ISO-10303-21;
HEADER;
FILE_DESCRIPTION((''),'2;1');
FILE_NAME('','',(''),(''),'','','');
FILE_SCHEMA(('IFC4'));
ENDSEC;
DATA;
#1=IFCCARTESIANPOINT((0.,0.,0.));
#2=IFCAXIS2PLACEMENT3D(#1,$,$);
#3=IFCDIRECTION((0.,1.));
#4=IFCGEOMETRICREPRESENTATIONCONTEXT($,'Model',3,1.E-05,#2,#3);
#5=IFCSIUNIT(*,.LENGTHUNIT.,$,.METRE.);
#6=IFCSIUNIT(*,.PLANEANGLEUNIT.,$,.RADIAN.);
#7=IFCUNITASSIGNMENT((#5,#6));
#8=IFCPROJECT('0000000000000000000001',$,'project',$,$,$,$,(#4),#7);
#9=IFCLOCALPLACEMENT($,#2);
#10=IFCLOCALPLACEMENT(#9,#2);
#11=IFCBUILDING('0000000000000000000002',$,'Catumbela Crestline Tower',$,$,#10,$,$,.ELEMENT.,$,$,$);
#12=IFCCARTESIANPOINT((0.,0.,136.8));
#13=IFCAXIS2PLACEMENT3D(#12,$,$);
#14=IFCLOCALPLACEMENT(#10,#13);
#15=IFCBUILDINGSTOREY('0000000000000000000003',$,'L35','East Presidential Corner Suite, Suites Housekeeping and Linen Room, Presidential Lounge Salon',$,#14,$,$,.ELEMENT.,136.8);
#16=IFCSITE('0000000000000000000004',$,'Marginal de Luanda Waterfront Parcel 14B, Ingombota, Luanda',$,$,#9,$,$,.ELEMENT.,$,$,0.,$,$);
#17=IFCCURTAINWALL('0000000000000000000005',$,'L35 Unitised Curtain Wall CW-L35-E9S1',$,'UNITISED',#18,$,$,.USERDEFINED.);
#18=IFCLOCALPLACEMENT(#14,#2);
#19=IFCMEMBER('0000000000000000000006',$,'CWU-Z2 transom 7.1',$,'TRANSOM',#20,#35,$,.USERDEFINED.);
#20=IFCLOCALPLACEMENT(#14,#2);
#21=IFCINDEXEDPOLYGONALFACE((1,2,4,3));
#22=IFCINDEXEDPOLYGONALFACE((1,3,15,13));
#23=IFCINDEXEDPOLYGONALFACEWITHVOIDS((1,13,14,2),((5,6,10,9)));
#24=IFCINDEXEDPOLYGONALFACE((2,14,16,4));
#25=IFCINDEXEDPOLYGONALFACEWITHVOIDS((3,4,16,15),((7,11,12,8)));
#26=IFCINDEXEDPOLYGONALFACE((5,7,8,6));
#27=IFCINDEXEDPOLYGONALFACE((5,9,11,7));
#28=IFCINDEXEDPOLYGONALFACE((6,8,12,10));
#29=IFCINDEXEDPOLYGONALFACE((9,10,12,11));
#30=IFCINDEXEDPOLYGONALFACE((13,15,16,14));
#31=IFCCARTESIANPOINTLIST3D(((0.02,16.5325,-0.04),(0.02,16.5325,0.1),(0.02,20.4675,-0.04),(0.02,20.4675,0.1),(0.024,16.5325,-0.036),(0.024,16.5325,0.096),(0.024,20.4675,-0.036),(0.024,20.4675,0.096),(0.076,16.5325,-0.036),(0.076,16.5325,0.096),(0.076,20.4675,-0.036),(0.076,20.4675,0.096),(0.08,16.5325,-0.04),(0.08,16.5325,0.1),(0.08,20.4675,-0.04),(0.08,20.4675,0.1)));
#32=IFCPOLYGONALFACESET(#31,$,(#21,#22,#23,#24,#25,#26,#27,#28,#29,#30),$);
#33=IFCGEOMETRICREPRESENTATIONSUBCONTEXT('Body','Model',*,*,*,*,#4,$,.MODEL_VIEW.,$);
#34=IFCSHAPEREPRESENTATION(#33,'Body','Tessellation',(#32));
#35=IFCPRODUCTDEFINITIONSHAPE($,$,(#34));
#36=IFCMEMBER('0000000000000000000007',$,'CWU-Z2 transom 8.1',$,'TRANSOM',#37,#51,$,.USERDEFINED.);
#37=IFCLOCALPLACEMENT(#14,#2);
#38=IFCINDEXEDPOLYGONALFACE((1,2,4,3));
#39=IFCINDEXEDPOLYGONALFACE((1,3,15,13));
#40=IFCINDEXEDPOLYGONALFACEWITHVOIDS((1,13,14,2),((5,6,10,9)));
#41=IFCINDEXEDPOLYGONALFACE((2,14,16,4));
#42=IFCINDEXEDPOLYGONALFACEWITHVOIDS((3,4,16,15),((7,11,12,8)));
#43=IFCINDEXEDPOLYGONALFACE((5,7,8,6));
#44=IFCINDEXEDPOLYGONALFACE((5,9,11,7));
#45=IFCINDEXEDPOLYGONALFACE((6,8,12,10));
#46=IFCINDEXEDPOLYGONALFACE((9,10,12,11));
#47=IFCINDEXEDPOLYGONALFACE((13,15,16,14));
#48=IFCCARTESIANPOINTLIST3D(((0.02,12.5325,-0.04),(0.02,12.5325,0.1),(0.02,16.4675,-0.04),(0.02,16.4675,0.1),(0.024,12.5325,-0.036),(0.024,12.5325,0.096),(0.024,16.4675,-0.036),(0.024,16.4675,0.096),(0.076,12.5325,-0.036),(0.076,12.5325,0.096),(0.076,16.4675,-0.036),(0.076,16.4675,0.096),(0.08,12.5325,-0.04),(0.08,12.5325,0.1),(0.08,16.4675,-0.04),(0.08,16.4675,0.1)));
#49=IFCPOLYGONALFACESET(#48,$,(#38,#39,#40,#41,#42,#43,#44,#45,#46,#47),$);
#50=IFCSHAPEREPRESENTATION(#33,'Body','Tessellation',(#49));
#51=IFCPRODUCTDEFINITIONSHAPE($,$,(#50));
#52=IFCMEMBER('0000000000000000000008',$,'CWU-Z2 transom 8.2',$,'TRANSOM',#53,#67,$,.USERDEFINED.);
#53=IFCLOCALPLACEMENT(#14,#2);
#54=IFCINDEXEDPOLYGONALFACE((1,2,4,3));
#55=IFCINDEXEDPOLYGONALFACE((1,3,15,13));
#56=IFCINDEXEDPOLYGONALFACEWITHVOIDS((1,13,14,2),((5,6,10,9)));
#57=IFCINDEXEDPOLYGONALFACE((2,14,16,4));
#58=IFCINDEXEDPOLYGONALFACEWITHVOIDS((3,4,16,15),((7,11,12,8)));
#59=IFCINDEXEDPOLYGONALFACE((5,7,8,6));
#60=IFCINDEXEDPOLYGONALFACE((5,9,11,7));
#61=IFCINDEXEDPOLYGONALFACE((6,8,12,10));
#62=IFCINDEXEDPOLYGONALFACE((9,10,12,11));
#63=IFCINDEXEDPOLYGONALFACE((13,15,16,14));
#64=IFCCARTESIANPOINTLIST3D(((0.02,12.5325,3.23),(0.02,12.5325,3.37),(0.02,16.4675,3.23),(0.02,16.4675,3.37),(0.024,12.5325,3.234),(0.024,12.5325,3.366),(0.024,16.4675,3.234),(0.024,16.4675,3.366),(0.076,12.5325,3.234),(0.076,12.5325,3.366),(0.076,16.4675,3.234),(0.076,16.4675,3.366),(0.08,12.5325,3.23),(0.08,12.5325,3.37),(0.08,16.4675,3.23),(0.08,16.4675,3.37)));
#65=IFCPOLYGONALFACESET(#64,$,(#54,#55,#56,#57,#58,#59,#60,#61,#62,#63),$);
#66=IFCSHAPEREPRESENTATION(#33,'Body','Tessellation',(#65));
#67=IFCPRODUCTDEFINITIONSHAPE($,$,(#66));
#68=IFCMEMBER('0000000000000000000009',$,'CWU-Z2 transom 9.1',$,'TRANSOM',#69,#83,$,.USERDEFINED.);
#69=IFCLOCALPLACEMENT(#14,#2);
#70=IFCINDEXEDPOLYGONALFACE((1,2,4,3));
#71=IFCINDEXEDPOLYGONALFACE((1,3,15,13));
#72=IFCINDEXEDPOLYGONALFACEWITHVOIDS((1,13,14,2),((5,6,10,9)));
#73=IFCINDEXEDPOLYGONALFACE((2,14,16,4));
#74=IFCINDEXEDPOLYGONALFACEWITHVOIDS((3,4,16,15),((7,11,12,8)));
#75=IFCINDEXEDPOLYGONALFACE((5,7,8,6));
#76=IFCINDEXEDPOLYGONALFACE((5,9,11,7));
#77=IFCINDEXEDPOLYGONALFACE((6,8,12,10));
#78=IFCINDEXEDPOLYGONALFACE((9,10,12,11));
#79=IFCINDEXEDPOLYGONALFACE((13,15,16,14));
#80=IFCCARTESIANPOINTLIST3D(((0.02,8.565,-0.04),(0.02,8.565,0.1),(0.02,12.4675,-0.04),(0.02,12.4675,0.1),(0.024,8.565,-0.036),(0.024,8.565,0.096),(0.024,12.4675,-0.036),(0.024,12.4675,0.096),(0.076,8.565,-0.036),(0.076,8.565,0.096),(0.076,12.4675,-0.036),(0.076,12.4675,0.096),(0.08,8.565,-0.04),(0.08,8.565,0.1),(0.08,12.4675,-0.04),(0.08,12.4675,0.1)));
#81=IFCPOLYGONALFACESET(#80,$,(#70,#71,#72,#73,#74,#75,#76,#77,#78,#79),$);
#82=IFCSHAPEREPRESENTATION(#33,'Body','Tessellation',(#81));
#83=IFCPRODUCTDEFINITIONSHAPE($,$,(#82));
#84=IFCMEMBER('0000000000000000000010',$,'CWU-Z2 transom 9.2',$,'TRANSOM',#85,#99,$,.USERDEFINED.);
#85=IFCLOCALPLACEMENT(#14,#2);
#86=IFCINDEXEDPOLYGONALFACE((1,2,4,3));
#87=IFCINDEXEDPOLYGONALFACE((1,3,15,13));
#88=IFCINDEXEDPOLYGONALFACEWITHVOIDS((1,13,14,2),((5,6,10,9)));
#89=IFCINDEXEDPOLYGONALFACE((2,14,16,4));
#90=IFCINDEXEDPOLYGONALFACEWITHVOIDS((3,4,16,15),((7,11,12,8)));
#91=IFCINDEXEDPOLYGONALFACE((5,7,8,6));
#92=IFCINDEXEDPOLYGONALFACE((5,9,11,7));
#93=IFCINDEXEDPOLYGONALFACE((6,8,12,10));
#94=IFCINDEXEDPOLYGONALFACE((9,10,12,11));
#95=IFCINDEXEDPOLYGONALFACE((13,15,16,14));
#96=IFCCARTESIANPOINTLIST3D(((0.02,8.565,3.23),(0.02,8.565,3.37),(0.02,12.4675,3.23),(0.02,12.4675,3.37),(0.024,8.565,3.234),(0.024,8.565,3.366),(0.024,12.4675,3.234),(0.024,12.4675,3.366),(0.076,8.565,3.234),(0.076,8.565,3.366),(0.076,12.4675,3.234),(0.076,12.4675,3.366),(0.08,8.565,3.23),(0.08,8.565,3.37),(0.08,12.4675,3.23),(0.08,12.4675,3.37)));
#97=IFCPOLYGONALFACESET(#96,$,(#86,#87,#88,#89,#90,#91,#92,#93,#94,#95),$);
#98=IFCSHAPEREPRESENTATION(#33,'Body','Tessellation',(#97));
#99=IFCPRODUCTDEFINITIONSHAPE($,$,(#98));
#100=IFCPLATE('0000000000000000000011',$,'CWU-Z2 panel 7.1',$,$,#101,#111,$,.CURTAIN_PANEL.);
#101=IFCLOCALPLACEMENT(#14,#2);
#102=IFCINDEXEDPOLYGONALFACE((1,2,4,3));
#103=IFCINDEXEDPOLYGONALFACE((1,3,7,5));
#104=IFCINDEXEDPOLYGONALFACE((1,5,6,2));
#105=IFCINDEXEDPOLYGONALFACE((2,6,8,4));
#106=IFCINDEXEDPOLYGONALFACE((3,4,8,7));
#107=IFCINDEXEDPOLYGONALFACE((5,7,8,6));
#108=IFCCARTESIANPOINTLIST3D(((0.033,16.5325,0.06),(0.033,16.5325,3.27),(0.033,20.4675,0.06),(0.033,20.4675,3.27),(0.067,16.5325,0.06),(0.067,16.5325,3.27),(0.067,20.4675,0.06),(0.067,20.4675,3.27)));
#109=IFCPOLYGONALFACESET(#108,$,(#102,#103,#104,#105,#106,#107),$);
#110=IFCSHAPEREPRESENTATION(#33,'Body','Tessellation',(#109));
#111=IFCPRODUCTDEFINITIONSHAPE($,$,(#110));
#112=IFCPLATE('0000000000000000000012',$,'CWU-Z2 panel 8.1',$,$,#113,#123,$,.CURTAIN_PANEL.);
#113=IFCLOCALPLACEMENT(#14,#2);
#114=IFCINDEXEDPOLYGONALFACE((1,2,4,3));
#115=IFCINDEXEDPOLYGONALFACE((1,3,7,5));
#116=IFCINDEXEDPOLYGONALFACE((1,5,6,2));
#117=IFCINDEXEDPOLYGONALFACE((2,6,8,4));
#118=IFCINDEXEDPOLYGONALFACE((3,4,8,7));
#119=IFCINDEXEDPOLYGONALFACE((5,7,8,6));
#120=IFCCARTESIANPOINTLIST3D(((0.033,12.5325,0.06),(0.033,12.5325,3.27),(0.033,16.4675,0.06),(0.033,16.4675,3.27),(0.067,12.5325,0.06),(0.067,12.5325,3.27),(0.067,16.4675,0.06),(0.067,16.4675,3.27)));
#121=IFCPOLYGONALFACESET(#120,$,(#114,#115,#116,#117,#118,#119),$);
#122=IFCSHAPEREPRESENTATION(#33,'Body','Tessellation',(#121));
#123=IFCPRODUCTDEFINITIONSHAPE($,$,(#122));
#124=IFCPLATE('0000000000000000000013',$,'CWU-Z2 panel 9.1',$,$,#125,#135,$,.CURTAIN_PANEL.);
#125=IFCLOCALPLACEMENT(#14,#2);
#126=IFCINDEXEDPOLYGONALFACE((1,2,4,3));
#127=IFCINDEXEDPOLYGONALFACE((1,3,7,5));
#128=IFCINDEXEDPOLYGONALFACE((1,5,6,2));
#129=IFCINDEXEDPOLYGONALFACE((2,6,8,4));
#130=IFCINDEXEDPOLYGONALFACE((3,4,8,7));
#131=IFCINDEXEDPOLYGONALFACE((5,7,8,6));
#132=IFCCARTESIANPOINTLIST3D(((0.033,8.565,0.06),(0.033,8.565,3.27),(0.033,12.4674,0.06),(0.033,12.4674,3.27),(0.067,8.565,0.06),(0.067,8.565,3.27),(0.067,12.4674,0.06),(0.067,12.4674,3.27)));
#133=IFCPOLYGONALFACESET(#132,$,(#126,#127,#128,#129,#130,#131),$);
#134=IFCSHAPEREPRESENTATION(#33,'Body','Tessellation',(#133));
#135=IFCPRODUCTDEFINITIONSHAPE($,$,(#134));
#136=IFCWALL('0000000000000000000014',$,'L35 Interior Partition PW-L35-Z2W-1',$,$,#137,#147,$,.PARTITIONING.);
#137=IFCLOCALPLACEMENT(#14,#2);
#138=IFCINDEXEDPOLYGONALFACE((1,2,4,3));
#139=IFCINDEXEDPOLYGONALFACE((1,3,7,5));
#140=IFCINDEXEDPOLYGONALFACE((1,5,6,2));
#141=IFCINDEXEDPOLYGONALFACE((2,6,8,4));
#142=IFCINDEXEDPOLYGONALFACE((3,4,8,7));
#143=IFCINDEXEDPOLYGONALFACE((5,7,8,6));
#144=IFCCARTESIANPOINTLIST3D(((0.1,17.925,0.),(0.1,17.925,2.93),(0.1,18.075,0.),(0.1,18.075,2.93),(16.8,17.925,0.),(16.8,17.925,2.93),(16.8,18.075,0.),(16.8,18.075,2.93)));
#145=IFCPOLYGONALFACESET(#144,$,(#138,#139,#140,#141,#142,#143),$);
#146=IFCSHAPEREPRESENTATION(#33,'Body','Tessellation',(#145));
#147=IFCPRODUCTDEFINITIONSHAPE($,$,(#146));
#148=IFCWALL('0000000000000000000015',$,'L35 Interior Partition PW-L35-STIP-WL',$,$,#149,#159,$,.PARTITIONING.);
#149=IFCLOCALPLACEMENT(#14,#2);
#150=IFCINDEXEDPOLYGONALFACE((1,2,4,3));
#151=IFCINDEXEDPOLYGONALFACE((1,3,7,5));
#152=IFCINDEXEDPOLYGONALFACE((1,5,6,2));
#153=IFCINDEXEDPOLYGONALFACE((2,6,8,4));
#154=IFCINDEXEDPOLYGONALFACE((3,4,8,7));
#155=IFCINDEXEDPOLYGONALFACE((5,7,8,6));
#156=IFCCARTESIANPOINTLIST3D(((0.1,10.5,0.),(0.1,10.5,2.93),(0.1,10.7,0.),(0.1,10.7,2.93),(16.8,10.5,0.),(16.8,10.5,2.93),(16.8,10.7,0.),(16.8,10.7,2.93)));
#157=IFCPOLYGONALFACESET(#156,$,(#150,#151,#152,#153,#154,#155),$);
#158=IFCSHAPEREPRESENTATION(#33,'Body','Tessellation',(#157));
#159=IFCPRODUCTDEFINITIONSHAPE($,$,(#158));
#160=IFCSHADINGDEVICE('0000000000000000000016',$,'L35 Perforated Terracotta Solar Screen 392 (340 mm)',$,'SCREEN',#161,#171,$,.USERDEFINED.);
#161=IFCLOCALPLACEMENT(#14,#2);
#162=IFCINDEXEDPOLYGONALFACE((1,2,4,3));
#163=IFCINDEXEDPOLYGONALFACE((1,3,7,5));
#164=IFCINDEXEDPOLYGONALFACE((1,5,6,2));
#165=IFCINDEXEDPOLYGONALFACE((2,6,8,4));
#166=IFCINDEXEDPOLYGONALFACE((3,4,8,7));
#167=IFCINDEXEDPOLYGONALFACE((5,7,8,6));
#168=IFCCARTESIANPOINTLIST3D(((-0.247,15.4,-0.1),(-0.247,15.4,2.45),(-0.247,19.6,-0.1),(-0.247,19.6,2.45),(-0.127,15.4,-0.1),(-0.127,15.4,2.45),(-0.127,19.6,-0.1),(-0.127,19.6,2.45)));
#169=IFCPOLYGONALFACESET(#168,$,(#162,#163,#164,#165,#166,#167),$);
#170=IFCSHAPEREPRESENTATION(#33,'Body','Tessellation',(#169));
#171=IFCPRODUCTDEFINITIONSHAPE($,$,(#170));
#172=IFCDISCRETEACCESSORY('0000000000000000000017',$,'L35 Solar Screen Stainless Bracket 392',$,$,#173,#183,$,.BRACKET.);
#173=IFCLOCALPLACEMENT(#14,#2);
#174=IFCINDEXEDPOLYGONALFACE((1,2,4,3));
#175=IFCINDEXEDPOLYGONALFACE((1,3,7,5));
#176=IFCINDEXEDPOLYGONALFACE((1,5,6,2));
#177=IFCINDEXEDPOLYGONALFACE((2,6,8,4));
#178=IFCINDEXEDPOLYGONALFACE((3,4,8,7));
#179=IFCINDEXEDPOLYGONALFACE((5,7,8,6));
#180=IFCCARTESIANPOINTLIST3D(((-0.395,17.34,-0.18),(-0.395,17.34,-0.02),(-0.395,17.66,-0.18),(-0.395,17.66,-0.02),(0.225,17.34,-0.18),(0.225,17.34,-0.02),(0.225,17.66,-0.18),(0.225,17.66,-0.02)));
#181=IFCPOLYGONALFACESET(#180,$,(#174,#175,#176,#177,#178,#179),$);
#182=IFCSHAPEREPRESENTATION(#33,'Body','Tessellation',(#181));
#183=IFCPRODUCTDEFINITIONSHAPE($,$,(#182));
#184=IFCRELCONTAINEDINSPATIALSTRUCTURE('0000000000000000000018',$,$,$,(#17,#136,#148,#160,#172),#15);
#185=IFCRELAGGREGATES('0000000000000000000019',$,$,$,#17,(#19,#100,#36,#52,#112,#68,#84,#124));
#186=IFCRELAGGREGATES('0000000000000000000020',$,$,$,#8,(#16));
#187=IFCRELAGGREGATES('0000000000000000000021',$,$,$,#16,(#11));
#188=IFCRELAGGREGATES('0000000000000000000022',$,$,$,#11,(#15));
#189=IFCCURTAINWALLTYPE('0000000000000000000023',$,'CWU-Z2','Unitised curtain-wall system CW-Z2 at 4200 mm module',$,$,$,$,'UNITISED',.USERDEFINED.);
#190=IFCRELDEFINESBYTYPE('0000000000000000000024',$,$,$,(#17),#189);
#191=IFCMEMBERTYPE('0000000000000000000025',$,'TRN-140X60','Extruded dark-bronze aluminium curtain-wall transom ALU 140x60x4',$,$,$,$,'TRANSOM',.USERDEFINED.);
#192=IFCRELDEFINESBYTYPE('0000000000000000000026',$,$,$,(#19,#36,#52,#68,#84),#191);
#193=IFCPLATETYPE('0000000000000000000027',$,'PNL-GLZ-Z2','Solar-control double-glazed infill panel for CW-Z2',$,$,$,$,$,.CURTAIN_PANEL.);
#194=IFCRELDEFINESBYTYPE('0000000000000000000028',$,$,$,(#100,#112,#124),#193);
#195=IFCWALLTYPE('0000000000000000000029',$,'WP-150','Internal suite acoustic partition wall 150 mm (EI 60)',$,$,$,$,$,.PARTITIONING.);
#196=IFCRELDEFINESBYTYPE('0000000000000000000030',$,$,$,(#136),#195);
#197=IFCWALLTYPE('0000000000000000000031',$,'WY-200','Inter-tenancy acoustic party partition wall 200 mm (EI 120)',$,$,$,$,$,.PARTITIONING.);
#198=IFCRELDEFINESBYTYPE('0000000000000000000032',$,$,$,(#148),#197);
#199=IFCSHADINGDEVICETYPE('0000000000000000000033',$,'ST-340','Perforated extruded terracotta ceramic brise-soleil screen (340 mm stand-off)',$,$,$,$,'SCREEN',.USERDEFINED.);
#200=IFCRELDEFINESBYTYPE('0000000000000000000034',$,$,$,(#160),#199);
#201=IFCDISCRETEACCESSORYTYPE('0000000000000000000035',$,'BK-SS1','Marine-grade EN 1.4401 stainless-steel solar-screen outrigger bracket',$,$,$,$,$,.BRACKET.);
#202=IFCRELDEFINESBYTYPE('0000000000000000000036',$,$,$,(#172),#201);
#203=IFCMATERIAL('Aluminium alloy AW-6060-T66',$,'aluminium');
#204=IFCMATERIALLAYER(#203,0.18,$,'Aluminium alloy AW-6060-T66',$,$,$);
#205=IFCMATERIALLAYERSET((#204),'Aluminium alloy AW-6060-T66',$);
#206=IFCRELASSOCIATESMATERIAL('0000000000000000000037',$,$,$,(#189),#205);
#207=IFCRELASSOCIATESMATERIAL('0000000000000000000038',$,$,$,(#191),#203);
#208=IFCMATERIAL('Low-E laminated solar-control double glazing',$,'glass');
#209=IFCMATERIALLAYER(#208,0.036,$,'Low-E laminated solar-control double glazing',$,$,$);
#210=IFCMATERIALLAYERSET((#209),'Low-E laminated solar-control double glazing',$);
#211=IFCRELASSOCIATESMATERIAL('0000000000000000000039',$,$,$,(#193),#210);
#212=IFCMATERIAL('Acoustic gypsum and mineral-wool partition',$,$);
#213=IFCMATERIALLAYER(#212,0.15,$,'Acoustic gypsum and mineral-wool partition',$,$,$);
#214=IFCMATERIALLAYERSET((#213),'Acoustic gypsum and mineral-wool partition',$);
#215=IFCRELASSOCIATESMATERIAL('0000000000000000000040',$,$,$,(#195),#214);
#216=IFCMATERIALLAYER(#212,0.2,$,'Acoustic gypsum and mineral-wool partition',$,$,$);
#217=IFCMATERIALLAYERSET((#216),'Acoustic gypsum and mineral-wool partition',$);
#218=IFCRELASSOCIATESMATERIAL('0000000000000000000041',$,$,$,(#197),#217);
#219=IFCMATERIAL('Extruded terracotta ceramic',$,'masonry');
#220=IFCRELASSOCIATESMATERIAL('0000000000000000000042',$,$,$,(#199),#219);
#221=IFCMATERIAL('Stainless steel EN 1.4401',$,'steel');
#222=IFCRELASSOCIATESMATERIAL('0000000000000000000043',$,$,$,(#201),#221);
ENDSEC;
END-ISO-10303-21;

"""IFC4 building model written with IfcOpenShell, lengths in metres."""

from ifc_helpers import new_model, si_unit, direction, frame, frame_2d, origin, origin_2d, place, context, subcontext, project, spatial, rectangle, hollow_rectangle, extrude, material, layer, layer_set, material_profile, profile_set, type_object, element, aggregate, save


model = new_model("IFC4")

# Units and contexts
model_context = context("Model", 3, precision=1e-05, world=origin(), true_north=direction((0.0, 1.0)))
body_context = subcontext(model_context, "Body", "Model", "MODEL_VIEW")
ifc_project = project(units=[si_unit("LENGTHUNIT", "METRE"), si_unit("PLANEANGLEUNIT", "RADIAN")], contexts=[model_context])

# Site, building, storey
site_placement = place(None, origin())
site = spatial("IfcSite", under=ifc_project, at=site_placement, Name="Marginal de Luanda Waterfront Parcel 14B, Ingombota, Luanda", CompositionType="ELEMENT", RefElevation=0.0)
building_placement = place(site_placement, origin())
building = spatial("IfcBuilding", under=site, at=building_placement, Name="Catumbela Crestline Tower", CompositionType="ELEMENT")
storey_placement = place(building_placement, frame((0.0, 0.0, 136.8)))
storey = spatial("IfcBuildingStorey", under=building, at=storey_placement, Name="L35", Description="East Presidential Corner Suite, Suites Housekeeping and Linen Room, Presidential Lounge Salon", CompositionType="ELEMENT", Elevation=136.8)

# Curtain wall
ifc_material_1 = material(Name="Aluminium alloy AW-6060-T66", Category="aluminium")
ifc_layer_1 = layer(ifc_material_1, 0.18, Name="Aluminium alloy AW-6060-T66")
ifc_layer_set_1 = layer_set([ifc_layer_1], Name="Aluminium alloy AW-6060-T66")
curtain_wall_type = type_object("IfcCurtainWallType", Name="CWU-Z2", Description="Unitised curtain-wall system CW-Z2 at 4200 mm module", ElementType="UNITISED", PredefinedType="USERDEFINED", material=ifc_layer_set_1)
curtain_wall_placement = place(storey_placement, origin())
curtain_wall = element("IfcCurtainWall", 1, at=curtain_wall_placement, inside=storey, type_object=curtain_wall_type, Name="L35 Unitised Curtain Wall CW-L35-E9S1", ObjectType="UNITISED", PredefinedType="USERDEFINED")

# Members
ifc_material_profile_1 = material_profile(ifc_material_1, hollow_rectangle(XDim=0.06, YDim=0.14, WallThickness=0.004, at=origin_2d()), Name="ALU 140x60x4")
ifc_profile_set_1 = profile_set([ifc_material_profile_1], Name="Aluminium alloy AW-6060-T66")
member_type_1 = type_object("IfcMemberType", Name="TRN-140X60", Description="Extruded dark-bronze aluminium curtain-wall transom ALU 140x60x4", ElementType="TRANSOM", PredefinedType="USERDEFINED", material=ifc_profile_set_1)
member_1_placement = place(storey_placement, frame((0.05, 20.4675, 0.03), z_axis=(0.0, -1.0, 0.0), x_axis=(1.0, 0.0, 0.0)))
member_1 = element("IfcMember", 2, at=member_1_placement, type_object=member_type_1, Name="CWU-Z2 transom 7.1", ObjectType="TRANSOM", PredefinedType="USERDEFINED", context=body_context, shape_type="SweptSolid", body=[
    extrude(hollow_rectangle(XDim=0.06, YDim=0.14, WallThickness=0.004, at=origin_2d()), origin(), (0.0, 0.0, 1.0), 3.935),
])
member_2_placement = place(storey_placement, frame((0.05, 16.4675, 0.03), z_axis=(0.0, -1.0, 0.0), x_axis=(1.0, 0.0, 0.0)))
member_2 = element("IfcMember", 3, at=member_2_placement, type_object=member_type_1, Name="CWU-Z2 transom 8.1", ObjectType="TRANSOM", PredefinedType="USERDEFINED", context=body_context, shape_type="SweptSolid", body=[
    extrude(hollow_rectangle(XDim=0.06, YDim=0.14, WallThickness=0.004, at=origin_2d()), origin(), (0.0, 0.0, 1.0), 3.935),
])
member_3_placement = place(storey_placement, frame((0.05, 16.4675, 3.3), z_axis=(0.0, -1.0, 0.0), x_axis=(1.0, 0.0, 0.0)))
member_3 = element("IfcMember", 4, at=member_3_placement, type_object=member_type_1, Name="CWU-Z2 transom 8.2", ObjectType="TRANSOM", PredefinedType="USERDEFINED", context=body_context, shape_type="SweptSolid", body=[
    extrude(hollow_rectangle(XDim=0.06, YDim=0.14, WallThickness=0.004, at=origin_2d()), origin(), (0.0, 0.0, 1.0), 3.935),
])
member_4_placement = place(storey_placement, frame((0.05, 12.4675, 0.03), z_axis=(0.0, -1.0, 0.0), x_axis=(1.0, 0.0, 0.0)))
member_4 = element("IfcMember", 5, at=member_4_placement, type_object=member_type_1, Name="CWU-Z2 transom 9.1", ObjectType="TRANSOM", PredefinedType="USERDEFINED", context=body_context, shape_type="SweptSolid", body=[
    extrude(hollow_rectangle(XDim=0.06, YDim=0.14, WallThickness=0.004, at=origin_2d()), origin(), (0.0, 0.0, 1.0), 3.9025),
])
member_5_placement = place(storey_placement, frame((0.05, 12.4675, 3.3), z_axis=(0.0, -1.0, 0.0), x_axis=(1.0, 0.0, 0.0)))
member_5 = element("IfcMember", 6, at=member_5_placement, type_object=member_type_1, Name="CWU-Z2 transom 9.2", ObjectType="TRANSOM", PredefinedType="USERDEFINED", context=body_context, shape_type="SweptSolid", body=[
    extrude(hollow_rectangle(XDim=0.06, YDim=0.14, WallThickness=0.004, at=origin_2d()), origin(), (0.0, 0.0, 1.0), 3.9025),
])

# Plates
ifc_material_2 = material(Name="Low-E laminated solar-control double glazing", Category="glass")
ifc_layer_2 = layer(ifc_material_2, 0.036, Name="Low-E laminated solar-control double glazing")
ifc_layer_set_2 = layer_set([ifc_layer_2], Name="Low-E laminated solar-control double glazing")
plate_type = type_object("IfcPlateType", Name="PNL-GLZ-Z2", Description="Solar-control double-glazed infill panel for CW-Z2", PredefinedType="CURTAIN_PANEL", material=ifc_layer_set_2)
plate_1_placement = place(storey_placement, frame((0.05, 18.5, 0.06), z_axis=(0.0, 0.0, 1.0), x_axis=(0.0, -1.0, 0.0)))
plate_1 = element("IfcPlate", 7, at=plate_1_placement, type_object=plate_type, Name="CWU-Z2 panel 7.1", PredefinedType="CURTAIN_PANEL", context=body_context, shape_type="SweptSolid", body=[
    extrude(rectangle(XDim=3.935, YDim=0.034, at=origin_2d()), origin(), (0.0, 0.0, 1.0), 3.21),
])
plate_2_placement = place(storey_placement, frame((0.05, 14.5, 0.06), z_axis=(0.0, 0.0, 1.0), x_axis=(0.0, -1.0, 0.0)))
plate_2 = element("IfcPlate", 8, at=plate_2_placement, type_object=plate_type, Name="CWU-Z2 panel 8.1", PredefinedType="CURTAIN_PANEL", context=body_context, shape_type="SweptSolid", body=[
    extrude(rectangle(XDim=3.935, YDim=0.034, at=origin_2d()), origin(), (0.0, 0.0, 1.0), 3.21),
])
plate_3_placement = place(storey_placement, frame((0.05, 10.5162, 0.06), z_axis=(0.0, 0.0, 1.0), x_axis=(0.0, -1.0, 0.0)))
plate_3 = element("IfcPlate", 9, at=plate_3_placement, type_object=plate_type, Name="CWU-Z2 panel 9.1", PredefinedType="CURTAIN_PANEL", context=body_context, shape_type="SweptSolid", body=[
    extrude(rectangle(XDim=3.9025, YDim=0.034, at=origin_2d()), origin(), (0.0, 0.0, 1.0), 3.21),
])
aggregate(curtain_wall, [member_1, plate_1, member_2, member_3, plate_2, member_4, member_5, plate_3])

# Walls
ifc_material_3 = material(Name="Acoustic gypsum and mineral-wool partition")
ifc_layer_3 = layer(ifc_material_3, 0.15, Name="Acoustic gypsum and mineral-wool partition")
ifc_layer_set_3 = layer_set([ifc_layer_3], Name="Acoustic gypsum and mineral-wool partition")
wall_type_1 = type_object("IfcWallType", Name="WP-150", Description="Internal suite acoustic partition wall 150 mm (EI 60)", PredefinedType="PARTITIONING", material=ifc_layer_set_3)
wall_1_placement = place(storey_placement, frame((0.1, 18.0, 0.0), z_axis=(0.0, 0.0, 1.0), x_axis=(1.0, 0.0, 0.0)))
element("IfcWall", 10, at=wall_1_placement, inside=storey, type_object=wall_type_1, Name="L35 Interior Partition PW-L35-Z2W-1", PredefinedType="PARTITIONING", context=body_context, shape_type="SweptSolid", body=[
    extrude(rectangle(XDim=16.7, YDim=0.15, at=frame_2d((8.35, 0.0))), origin(), (0.0, 0.0, 1.0), 2.93),
])
ifc_layer_4 = layer(ifc_material_3, 0.2, Name="Acoustic gypsum and mineral-wool partition")
ifc_layer_set_4 = layer_set([ifc_layer_4], Name="Acoustic gypsum and mineral-wool partition")
wall_type_2 = type_object("IfcWallType", Name="WY-200", Description="Inter-tenancy acoustic party partition wall 200 mm (EI 120)", PredefinedType="PARTITIONING", material=ifc_layer_set_4)
wall_2_placement = place(storey_placement, frame((0.1, 10.6, 0.0), z_axis=(0.0, 0.0, 1.0), x_axis=(1.0, 0.0, 0.0)))
element("IfcWall", 11, at=wall_2_placement, inside=storey, type_object=wall_type_2, Name="L35 Interior Partition PW-L35-STIP-WL", PredefinedType="PARTITIONING", context=body_context, shape_type="SweptSolid", body=[
    extrude(rectangle(XDim=16.7, YDim=0.2, at=frame_2d((8.35, 0.0))), origin(), (0.0, 0.0, 1.0), 2.93),
])

# Shading device
ifc_material_4 = material(Name="Extruded terracotta ceramic", Category="masonry")
shading_device_type = type_object("IfcShadingDeviceType", Name="ST-340", Description="Perforated extruded terracotta ceramic brise-soleil screen (340 mm stand-off)", ElementType="SCREEN", PredefinedType="USERDEFINED", material=ifc_material_4)
shading_device_placement = place(storey_placement, frame((-0.187, 17.5, -0.1), z_axis=(0.0, 0.0, 1.0), x_axis=(0.0, -1.0, 0.0)))
element("IfcShadingDevice", 12, at=shading_device_placement, inside=storey, type_object=shading_device_type, Name="L35 Perforated Terracotta Solar Screen 392 (340 mm)", ObjectType="SCREEN", PredefinedType="USERDEFINED", context=body_context, shape_type="SweptSolid", body=[
    extrude(rectangle(XDim=4.2, YDim=0.12, at=origin_2d()), origin(), (0.0, 0.0, 1.0), 2.55),
])

# Discrete accessory
ifc_material_5 = material(Name="Stainless steel EN 1.4401", Category="steel")
discrete_accessory_type = type_object("IfcDiscreteAccessoryType", Name="BK-SS1", Description="Marine-grade EN 1.4401 stainless-steel solar-screen outrigger bracket", PredefinedType="BRACKET", material=ifc_material_5)
discrete_accessory_placement = place(storey_placement, frame((-0.085, 17.5, -0.18), z_axis=(0.0, 0.0, 1.0), x_axis=(0.0, -1.0, 0.0)))
element("IfcDiscreteAccessory", 13, at=discrete_accessory_placement, inside=storey, type_object=discrete_accessory_type, Name="L35 Solar Screen Stainless Bracket 392", PredefinedType="BRACKET", context=body_context, shape_type="SweptSolid", body=[
    extrude(rectangle(XDim=0.32, YDim=0.62, at=origin_2d()), origin(), (0.0, 0.0, 1.0), 0.16),
])

save(model, "model.ifc")
